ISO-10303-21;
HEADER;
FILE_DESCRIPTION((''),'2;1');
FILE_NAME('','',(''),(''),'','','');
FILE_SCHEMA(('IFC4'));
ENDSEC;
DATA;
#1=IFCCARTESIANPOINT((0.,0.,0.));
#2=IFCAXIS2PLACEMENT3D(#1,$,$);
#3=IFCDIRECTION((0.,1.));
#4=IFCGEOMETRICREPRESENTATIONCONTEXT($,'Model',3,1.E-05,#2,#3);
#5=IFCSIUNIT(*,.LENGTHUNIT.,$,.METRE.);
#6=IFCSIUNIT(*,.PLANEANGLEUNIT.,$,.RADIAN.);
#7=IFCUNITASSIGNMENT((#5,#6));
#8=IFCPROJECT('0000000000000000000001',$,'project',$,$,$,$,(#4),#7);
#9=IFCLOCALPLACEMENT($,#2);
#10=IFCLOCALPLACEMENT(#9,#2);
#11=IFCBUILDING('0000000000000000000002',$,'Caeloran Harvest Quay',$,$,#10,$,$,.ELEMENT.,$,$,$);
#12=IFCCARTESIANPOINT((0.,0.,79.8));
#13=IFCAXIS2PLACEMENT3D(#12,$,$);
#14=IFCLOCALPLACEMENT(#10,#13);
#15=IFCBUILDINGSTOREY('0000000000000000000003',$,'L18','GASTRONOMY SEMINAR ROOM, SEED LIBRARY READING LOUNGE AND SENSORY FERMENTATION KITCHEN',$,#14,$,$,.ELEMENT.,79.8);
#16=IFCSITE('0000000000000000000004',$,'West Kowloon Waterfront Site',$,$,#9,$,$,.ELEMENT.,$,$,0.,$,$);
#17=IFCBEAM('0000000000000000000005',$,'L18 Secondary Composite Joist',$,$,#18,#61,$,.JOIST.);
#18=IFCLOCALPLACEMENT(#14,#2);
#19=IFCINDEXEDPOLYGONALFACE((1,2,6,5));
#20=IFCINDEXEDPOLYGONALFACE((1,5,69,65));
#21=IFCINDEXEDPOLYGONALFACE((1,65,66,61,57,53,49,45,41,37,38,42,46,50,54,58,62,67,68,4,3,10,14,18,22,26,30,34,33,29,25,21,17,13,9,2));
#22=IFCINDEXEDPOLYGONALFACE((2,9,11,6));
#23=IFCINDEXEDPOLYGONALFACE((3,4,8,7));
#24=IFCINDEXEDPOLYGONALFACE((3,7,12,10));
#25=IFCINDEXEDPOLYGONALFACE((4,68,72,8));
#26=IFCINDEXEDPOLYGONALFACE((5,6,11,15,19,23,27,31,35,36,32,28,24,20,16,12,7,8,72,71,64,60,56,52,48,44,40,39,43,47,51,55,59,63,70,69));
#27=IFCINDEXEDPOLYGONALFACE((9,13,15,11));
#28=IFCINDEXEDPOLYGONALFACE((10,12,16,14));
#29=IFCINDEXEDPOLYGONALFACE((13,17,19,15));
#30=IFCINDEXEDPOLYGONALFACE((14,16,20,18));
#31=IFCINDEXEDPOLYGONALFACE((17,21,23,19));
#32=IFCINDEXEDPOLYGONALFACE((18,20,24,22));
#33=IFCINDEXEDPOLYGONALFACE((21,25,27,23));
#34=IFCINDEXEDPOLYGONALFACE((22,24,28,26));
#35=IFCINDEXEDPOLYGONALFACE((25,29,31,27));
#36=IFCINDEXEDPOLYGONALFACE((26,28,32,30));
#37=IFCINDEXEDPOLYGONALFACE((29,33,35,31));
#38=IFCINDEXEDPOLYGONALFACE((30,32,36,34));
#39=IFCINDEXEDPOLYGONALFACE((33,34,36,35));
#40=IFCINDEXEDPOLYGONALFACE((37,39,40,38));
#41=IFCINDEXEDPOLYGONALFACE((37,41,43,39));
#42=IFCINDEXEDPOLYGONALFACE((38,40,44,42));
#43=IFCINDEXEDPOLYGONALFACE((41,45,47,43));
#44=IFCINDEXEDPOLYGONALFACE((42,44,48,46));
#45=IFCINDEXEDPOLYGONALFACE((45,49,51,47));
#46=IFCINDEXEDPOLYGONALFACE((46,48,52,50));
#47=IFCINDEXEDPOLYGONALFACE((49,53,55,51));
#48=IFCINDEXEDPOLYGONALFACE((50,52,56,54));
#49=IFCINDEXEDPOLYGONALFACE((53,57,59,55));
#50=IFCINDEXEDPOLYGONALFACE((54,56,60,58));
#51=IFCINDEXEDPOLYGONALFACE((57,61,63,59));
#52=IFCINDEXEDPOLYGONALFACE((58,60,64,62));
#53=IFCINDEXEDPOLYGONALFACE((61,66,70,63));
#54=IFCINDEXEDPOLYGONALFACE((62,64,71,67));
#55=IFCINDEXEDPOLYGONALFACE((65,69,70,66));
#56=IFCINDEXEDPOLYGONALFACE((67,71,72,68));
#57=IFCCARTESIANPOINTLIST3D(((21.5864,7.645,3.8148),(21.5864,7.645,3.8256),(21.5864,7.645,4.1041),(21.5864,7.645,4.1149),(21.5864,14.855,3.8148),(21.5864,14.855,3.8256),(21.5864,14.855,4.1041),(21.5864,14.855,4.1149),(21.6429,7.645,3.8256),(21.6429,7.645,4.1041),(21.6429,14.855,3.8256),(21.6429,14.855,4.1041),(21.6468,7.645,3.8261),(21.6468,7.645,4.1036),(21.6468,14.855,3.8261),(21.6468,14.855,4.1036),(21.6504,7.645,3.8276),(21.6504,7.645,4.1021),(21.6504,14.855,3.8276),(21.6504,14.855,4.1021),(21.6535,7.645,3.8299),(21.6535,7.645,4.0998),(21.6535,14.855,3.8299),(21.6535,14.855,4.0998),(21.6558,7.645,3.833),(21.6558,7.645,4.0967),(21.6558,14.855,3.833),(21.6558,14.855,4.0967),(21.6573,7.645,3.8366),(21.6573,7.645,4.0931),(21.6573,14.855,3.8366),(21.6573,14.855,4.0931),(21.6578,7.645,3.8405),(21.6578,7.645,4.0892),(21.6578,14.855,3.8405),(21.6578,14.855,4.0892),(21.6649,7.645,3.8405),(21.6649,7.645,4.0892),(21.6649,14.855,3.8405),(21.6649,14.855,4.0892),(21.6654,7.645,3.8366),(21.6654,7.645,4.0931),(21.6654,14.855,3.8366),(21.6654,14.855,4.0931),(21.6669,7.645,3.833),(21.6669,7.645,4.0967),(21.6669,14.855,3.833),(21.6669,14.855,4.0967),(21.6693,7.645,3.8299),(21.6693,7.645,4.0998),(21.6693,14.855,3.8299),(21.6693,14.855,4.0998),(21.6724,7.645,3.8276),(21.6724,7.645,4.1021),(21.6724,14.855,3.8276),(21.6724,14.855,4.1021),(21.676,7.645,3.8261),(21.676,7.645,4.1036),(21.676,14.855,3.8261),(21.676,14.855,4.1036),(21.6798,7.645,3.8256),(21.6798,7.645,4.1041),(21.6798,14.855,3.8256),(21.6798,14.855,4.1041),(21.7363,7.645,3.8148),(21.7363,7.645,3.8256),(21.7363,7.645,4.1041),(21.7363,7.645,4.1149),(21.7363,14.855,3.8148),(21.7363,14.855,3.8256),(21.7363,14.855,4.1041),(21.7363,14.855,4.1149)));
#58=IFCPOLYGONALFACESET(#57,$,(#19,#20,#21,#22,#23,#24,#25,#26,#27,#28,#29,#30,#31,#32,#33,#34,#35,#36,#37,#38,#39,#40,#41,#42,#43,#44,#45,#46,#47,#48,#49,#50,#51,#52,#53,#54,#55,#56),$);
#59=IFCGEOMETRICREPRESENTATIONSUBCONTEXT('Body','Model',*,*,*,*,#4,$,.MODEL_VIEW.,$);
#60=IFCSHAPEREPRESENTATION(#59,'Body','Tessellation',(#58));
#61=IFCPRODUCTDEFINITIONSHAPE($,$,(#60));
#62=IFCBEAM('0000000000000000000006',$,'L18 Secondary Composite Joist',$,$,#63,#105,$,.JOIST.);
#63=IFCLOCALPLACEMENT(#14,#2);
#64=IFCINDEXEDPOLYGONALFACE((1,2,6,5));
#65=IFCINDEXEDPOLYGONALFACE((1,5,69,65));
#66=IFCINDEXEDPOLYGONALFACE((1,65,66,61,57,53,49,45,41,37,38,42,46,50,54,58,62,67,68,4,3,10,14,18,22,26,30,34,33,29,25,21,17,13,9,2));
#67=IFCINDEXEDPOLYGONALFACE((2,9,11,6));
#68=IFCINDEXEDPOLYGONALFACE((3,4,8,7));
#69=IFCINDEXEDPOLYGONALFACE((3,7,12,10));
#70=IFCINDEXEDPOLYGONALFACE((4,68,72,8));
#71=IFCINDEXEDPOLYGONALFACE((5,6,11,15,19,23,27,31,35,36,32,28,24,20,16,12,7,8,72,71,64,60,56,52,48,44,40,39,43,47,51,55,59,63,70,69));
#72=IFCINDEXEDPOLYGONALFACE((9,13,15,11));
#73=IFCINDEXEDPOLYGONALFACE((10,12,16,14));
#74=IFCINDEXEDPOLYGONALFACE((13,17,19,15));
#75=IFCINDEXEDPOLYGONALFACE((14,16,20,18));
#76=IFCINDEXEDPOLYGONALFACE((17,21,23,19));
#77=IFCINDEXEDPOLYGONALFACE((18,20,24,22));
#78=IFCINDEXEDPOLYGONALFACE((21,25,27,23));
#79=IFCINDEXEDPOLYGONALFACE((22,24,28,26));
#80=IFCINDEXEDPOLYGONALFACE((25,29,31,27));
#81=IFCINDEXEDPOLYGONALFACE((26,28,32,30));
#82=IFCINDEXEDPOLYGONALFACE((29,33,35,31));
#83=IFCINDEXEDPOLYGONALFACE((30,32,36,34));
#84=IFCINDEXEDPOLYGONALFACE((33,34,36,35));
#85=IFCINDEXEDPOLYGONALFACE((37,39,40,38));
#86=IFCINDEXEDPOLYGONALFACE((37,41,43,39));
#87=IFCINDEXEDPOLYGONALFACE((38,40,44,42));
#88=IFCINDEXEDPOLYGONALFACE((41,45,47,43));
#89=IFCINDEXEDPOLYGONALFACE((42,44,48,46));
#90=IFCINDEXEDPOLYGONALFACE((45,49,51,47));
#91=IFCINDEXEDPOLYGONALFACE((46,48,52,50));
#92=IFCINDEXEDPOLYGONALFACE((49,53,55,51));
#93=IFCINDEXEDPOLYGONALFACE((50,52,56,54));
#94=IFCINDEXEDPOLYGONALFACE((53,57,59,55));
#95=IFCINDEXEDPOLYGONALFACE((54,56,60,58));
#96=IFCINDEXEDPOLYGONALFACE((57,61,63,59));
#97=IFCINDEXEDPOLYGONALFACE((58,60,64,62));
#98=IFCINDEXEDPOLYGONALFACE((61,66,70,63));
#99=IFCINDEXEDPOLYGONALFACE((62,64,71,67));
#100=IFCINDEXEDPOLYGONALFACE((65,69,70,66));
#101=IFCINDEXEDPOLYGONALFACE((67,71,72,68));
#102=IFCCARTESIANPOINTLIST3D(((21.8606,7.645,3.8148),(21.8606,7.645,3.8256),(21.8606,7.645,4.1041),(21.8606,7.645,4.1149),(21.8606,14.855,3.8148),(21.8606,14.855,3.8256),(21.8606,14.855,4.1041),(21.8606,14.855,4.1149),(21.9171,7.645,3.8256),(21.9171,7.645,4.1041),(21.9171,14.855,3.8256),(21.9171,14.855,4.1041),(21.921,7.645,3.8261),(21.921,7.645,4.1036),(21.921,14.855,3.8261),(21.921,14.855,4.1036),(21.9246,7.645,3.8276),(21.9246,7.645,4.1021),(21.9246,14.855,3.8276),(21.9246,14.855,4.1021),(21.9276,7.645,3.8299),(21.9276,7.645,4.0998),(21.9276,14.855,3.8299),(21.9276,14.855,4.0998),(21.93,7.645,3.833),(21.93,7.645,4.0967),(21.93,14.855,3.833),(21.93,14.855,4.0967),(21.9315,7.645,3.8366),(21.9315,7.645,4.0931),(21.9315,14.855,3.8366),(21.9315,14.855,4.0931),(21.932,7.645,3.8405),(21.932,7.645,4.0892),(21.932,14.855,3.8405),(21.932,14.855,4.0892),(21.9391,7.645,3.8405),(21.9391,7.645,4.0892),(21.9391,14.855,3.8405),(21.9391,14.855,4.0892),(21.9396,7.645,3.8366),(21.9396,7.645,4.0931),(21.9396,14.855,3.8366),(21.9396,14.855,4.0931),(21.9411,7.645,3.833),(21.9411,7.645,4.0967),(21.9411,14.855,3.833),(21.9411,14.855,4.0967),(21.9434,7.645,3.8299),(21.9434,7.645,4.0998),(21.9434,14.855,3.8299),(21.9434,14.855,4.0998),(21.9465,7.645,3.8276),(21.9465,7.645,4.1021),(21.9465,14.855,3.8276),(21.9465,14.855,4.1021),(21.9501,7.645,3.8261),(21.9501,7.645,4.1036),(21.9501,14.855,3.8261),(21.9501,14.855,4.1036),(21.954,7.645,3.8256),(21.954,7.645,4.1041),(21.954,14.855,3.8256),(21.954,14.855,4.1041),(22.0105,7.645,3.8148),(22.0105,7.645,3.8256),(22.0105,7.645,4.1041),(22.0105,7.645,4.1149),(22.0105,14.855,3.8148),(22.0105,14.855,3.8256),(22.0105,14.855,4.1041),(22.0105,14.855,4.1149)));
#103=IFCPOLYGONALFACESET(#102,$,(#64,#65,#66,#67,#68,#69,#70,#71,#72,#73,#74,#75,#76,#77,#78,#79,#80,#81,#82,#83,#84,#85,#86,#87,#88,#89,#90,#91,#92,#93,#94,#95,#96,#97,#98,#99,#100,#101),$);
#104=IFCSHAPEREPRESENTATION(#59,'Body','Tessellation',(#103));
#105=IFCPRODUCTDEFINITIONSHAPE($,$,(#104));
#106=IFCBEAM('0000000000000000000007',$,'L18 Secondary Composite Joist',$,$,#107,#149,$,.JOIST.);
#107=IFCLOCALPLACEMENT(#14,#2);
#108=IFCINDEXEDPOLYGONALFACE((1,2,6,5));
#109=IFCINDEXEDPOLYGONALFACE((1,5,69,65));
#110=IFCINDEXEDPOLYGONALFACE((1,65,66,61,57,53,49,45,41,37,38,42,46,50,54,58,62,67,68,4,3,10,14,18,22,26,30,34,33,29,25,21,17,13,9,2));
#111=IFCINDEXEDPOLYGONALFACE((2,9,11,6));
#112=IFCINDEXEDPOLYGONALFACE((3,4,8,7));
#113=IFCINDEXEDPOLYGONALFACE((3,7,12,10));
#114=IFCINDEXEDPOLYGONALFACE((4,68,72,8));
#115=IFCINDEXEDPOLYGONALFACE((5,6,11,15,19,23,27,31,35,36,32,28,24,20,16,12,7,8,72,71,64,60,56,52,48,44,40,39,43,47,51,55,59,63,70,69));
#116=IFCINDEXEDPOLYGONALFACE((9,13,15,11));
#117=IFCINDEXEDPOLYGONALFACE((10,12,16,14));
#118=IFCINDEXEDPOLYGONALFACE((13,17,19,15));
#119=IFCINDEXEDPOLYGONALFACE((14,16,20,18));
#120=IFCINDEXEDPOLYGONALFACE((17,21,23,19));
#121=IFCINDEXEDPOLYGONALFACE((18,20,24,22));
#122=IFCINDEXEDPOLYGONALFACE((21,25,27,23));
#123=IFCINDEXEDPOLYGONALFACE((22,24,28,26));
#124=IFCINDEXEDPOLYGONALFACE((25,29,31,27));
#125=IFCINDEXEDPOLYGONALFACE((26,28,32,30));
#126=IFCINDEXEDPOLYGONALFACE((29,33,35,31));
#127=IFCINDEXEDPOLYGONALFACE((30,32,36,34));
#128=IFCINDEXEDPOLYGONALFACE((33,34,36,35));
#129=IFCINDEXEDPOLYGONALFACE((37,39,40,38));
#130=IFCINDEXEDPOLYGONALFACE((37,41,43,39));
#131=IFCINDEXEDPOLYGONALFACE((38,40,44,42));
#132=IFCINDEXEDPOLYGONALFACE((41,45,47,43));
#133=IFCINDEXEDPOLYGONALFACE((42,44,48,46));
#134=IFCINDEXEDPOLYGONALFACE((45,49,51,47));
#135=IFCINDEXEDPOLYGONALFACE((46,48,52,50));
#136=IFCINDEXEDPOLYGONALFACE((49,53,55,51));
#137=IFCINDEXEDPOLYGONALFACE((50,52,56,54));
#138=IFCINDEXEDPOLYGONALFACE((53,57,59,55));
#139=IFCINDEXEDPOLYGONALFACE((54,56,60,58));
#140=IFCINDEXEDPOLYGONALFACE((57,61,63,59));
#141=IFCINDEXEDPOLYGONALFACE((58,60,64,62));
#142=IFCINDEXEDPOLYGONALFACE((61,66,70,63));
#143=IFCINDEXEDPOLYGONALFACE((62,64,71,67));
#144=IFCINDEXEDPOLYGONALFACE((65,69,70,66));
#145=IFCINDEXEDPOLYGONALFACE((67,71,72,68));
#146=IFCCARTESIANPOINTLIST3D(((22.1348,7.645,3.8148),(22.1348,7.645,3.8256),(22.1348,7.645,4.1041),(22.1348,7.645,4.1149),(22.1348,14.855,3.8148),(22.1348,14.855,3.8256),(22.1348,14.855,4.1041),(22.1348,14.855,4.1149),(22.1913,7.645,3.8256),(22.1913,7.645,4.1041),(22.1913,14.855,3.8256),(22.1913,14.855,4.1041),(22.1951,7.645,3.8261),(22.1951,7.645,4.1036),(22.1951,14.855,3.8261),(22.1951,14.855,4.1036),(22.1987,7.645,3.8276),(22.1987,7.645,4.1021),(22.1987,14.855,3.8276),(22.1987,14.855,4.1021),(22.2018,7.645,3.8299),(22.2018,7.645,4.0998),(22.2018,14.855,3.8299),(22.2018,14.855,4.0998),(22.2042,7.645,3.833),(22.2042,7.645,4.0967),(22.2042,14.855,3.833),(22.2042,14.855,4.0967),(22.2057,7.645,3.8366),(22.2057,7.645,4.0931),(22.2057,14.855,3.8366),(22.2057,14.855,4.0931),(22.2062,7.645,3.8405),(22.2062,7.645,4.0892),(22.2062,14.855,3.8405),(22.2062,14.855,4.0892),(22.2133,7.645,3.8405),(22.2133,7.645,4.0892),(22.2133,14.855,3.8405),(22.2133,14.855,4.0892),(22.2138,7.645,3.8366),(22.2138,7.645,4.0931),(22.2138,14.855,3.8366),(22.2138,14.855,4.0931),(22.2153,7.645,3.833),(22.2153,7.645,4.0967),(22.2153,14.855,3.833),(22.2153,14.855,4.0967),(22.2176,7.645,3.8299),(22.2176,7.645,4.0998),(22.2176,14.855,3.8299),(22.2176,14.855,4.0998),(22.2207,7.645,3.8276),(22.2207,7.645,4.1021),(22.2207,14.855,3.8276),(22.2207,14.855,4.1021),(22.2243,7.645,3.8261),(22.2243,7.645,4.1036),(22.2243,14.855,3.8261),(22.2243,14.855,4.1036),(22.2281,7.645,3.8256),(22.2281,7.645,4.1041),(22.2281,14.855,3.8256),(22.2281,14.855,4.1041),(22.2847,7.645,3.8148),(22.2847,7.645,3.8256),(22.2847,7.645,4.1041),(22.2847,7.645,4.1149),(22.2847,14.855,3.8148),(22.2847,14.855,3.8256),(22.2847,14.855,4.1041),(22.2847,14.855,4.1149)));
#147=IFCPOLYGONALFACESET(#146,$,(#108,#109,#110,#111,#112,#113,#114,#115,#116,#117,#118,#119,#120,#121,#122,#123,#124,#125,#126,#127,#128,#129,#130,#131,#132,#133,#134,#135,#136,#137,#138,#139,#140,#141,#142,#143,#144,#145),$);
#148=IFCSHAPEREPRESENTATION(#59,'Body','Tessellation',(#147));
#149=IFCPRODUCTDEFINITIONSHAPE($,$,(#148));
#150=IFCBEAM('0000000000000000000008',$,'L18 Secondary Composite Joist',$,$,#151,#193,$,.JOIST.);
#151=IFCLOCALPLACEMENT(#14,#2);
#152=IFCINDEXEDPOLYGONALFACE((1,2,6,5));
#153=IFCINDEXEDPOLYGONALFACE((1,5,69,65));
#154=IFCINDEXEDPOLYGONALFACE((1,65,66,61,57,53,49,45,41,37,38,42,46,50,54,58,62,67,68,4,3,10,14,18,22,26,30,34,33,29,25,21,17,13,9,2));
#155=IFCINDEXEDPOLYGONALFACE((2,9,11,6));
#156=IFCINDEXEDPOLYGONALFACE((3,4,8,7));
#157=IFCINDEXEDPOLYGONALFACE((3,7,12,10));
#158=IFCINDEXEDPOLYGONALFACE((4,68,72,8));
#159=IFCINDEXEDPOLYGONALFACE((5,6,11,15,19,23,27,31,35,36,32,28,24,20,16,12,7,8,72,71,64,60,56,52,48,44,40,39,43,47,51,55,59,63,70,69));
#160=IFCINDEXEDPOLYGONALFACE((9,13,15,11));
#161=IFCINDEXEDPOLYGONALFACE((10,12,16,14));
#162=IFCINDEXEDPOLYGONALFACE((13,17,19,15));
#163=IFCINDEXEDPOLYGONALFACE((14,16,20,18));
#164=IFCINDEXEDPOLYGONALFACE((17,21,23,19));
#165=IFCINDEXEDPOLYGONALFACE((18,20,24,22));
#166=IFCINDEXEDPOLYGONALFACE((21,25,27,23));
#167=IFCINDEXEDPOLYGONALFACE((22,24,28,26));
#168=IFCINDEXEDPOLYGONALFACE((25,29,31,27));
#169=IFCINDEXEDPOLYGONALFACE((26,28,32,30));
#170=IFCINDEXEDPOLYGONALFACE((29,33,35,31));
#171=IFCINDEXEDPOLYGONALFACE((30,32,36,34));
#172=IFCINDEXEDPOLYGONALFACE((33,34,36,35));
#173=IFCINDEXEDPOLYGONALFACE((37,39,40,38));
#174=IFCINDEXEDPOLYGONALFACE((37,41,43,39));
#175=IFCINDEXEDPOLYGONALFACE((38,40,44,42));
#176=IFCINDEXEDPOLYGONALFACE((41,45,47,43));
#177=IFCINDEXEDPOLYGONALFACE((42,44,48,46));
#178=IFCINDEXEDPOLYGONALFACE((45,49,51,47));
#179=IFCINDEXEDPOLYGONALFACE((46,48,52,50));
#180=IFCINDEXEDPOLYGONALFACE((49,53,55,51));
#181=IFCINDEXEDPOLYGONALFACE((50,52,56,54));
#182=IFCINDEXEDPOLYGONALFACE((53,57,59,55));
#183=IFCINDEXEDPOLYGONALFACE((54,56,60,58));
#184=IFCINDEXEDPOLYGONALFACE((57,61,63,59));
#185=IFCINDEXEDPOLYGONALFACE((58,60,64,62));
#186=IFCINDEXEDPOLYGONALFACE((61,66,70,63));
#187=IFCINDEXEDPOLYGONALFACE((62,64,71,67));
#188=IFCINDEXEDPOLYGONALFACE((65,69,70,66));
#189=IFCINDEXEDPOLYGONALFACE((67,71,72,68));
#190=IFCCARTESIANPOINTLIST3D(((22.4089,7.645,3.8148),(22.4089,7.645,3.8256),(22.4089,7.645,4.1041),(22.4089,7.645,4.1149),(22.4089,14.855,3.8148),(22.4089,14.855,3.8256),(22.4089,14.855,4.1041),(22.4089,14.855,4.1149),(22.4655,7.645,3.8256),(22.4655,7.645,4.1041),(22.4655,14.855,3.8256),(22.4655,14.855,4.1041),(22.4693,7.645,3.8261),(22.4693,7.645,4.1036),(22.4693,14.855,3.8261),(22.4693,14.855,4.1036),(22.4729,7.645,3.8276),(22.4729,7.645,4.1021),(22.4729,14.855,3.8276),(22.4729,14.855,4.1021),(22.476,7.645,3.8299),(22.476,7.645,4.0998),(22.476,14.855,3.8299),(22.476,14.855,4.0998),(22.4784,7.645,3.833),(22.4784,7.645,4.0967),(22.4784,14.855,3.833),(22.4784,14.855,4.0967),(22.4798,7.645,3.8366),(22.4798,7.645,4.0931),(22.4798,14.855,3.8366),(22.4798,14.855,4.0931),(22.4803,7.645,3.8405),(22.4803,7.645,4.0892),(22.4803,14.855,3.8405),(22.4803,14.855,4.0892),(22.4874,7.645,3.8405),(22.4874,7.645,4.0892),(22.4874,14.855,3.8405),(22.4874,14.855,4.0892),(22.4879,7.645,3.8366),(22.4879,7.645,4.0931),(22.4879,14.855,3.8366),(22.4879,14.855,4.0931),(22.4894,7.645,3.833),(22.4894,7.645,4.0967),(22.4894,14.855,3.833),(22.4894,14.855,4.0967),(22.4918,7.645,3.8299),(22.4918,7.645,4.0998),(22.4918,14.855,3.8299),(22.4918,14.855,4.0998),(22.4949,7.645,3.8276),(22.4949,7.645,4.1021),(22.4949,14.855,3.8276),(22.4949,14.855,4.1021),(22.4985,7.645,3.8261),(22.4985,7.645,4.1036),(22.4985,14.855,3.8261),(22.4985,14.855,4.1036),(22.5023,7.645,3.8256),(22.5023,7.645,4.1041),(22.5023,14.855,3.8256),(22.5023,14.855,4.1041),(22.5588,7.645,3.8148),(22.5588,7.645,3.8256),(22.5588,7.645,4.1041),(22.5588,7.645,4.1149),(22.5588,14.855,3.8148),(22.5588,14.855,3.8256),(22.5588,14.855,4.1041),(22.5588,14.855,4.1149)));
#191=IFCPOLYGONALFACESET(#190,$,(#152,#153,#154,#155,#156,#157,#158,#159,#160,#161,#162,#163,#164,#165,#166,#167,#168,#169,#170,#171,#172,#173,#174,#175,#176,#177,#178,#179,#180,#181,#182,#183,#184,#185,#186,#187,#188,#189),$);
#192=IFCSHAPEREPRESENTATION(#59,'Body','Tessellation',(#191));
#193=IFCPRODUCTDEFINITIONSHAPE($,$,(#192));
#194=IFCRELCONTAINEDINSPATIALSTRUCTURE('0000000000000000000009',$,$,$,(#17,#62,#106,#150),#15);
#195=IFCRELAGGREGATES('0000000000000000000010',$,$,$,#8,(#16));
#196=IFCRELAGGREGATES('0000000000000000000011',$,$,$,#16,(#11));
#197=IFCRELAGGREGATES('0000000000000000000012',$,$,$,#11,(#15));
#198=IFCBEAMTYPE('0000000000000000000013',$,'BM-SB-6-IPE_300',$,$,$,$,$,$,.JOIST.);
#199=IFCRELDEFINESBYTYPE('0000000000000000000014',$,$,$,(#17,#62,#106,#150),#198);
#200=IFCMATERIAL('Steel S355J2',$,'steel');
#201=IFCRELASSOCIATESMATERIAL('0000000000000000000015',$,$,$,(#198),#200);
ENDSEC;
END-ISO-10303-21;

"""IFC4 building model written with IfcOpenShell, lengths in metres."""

from ifc_helpers import new_model, si_unit, direction, frame, origin, origin_2d, place, context, subcontext, project, spatial, i_section, extrude, material, material_profile, profile_set, type_object, element, save


model = new_model("IFC4")

# Units and contexts
model_context = context("Model", 3, precision=1e-05, world=origin(), true_north=direction((0.0, 1.0)))
body_context = subcontext(model_context, "Body", "Model", "MODEL_VIEW")
ifc_project = project(units=[si_unit("LENGTHUNIT", "METRE"), si_unit("PLANEANGLEUNIT", "RADIAN")], contexts=[model_context])

# Site, building, storey
site_placement = place(None, origin())
site = spatial("IfcSite", under=ifc_project, at=site_placement, Name="West Kowloon Waterfront Site", CompositionType="ELEMENT", RefElevation=0.0)
building_placement = place(site_placement, origin())
building = spatial("IfcBuilding", under=site, at=building_placement, Name="Caeloran Harvest Quay", CompositionType="ELEMENT")
storey_placement = place(building_placement, frame((0.0, 0.0, 79.8)))
storey = spatial("IfcBuildingStorey", under=building, at=storey_placement, Name="L18", Description="GASTRONOMY SEMINAR ROOM, SEED LIBRARY READING LOUNGE AND SENSORY FERMENTATION KITCHEN", CompositionType="ELEMENT", Elevation=79.8)

# Beams
ifc_material_1 = material(Name="Steel S355J2", Category="steel")
ifc_material_profile_1 = material_profile(ifc_material_1, i_section(OverallWidth=0.1499, OverallDepth=0.3, WebThickness=0.0071, FlangeThickness=0.0107, FilletRadius=0.0149, at=origin_2d()), Name="IPE 300")
ifc_profile_set_1 = profile_set([ifc_material_profile_1], Name="Steel S355J2")
beam_type_1 = type_object("IfcBeamType", Name="BM-SB-6-IPE_300", PredefinedType="JOIST", material=ifc_profile_set_1)
for number, where, z_axis, x_axis, name in (
    (1, (21.6614, 7.645, 3.9648), (0.0, 1.0, 0.0), (-1.0, 0.0, 0.0), "L18 Secondary Composite Joist"),
    (2, (21.9355, 7.645, 3.9648), (0.0, 1.0, 0.0), (-1.0, 0.0, 0.0), "L18 Secondary Composite Joist"),
    (3, (22.2097, 7.645, 3.9648), (0.0, 1.0, 0.0), (-1.0, 0.0, 0.0), "L18 Secondary Composite Joist"),
    (4, (22.4839, 7.645, 3.9648), (0.0, 1.0, 0.0), (-1.0, 0.0, 0.0), "L18 Secondary Composite Joist"),
):
    element("IfcBeam", number, at=place(storey_placement, frame(where, z_axis=z_axis, x_axis=x_axis)), inside=storey, type_object=beam_type_1, Name=name, PredefinedType="JOIST", context=body_context, shape_type="SweptSolid", body=[
        extrude(i_section(OverallWidth=0.1499, OverallDepth=0.3, WebThickness=0.0071, FlangeThickness=0.0107, FilletRadius=0.0149, at=origin_2d()), origin(), (0.0, 0.0, 1.0), 7.21),
    ])

save(model, "model.ifc")
